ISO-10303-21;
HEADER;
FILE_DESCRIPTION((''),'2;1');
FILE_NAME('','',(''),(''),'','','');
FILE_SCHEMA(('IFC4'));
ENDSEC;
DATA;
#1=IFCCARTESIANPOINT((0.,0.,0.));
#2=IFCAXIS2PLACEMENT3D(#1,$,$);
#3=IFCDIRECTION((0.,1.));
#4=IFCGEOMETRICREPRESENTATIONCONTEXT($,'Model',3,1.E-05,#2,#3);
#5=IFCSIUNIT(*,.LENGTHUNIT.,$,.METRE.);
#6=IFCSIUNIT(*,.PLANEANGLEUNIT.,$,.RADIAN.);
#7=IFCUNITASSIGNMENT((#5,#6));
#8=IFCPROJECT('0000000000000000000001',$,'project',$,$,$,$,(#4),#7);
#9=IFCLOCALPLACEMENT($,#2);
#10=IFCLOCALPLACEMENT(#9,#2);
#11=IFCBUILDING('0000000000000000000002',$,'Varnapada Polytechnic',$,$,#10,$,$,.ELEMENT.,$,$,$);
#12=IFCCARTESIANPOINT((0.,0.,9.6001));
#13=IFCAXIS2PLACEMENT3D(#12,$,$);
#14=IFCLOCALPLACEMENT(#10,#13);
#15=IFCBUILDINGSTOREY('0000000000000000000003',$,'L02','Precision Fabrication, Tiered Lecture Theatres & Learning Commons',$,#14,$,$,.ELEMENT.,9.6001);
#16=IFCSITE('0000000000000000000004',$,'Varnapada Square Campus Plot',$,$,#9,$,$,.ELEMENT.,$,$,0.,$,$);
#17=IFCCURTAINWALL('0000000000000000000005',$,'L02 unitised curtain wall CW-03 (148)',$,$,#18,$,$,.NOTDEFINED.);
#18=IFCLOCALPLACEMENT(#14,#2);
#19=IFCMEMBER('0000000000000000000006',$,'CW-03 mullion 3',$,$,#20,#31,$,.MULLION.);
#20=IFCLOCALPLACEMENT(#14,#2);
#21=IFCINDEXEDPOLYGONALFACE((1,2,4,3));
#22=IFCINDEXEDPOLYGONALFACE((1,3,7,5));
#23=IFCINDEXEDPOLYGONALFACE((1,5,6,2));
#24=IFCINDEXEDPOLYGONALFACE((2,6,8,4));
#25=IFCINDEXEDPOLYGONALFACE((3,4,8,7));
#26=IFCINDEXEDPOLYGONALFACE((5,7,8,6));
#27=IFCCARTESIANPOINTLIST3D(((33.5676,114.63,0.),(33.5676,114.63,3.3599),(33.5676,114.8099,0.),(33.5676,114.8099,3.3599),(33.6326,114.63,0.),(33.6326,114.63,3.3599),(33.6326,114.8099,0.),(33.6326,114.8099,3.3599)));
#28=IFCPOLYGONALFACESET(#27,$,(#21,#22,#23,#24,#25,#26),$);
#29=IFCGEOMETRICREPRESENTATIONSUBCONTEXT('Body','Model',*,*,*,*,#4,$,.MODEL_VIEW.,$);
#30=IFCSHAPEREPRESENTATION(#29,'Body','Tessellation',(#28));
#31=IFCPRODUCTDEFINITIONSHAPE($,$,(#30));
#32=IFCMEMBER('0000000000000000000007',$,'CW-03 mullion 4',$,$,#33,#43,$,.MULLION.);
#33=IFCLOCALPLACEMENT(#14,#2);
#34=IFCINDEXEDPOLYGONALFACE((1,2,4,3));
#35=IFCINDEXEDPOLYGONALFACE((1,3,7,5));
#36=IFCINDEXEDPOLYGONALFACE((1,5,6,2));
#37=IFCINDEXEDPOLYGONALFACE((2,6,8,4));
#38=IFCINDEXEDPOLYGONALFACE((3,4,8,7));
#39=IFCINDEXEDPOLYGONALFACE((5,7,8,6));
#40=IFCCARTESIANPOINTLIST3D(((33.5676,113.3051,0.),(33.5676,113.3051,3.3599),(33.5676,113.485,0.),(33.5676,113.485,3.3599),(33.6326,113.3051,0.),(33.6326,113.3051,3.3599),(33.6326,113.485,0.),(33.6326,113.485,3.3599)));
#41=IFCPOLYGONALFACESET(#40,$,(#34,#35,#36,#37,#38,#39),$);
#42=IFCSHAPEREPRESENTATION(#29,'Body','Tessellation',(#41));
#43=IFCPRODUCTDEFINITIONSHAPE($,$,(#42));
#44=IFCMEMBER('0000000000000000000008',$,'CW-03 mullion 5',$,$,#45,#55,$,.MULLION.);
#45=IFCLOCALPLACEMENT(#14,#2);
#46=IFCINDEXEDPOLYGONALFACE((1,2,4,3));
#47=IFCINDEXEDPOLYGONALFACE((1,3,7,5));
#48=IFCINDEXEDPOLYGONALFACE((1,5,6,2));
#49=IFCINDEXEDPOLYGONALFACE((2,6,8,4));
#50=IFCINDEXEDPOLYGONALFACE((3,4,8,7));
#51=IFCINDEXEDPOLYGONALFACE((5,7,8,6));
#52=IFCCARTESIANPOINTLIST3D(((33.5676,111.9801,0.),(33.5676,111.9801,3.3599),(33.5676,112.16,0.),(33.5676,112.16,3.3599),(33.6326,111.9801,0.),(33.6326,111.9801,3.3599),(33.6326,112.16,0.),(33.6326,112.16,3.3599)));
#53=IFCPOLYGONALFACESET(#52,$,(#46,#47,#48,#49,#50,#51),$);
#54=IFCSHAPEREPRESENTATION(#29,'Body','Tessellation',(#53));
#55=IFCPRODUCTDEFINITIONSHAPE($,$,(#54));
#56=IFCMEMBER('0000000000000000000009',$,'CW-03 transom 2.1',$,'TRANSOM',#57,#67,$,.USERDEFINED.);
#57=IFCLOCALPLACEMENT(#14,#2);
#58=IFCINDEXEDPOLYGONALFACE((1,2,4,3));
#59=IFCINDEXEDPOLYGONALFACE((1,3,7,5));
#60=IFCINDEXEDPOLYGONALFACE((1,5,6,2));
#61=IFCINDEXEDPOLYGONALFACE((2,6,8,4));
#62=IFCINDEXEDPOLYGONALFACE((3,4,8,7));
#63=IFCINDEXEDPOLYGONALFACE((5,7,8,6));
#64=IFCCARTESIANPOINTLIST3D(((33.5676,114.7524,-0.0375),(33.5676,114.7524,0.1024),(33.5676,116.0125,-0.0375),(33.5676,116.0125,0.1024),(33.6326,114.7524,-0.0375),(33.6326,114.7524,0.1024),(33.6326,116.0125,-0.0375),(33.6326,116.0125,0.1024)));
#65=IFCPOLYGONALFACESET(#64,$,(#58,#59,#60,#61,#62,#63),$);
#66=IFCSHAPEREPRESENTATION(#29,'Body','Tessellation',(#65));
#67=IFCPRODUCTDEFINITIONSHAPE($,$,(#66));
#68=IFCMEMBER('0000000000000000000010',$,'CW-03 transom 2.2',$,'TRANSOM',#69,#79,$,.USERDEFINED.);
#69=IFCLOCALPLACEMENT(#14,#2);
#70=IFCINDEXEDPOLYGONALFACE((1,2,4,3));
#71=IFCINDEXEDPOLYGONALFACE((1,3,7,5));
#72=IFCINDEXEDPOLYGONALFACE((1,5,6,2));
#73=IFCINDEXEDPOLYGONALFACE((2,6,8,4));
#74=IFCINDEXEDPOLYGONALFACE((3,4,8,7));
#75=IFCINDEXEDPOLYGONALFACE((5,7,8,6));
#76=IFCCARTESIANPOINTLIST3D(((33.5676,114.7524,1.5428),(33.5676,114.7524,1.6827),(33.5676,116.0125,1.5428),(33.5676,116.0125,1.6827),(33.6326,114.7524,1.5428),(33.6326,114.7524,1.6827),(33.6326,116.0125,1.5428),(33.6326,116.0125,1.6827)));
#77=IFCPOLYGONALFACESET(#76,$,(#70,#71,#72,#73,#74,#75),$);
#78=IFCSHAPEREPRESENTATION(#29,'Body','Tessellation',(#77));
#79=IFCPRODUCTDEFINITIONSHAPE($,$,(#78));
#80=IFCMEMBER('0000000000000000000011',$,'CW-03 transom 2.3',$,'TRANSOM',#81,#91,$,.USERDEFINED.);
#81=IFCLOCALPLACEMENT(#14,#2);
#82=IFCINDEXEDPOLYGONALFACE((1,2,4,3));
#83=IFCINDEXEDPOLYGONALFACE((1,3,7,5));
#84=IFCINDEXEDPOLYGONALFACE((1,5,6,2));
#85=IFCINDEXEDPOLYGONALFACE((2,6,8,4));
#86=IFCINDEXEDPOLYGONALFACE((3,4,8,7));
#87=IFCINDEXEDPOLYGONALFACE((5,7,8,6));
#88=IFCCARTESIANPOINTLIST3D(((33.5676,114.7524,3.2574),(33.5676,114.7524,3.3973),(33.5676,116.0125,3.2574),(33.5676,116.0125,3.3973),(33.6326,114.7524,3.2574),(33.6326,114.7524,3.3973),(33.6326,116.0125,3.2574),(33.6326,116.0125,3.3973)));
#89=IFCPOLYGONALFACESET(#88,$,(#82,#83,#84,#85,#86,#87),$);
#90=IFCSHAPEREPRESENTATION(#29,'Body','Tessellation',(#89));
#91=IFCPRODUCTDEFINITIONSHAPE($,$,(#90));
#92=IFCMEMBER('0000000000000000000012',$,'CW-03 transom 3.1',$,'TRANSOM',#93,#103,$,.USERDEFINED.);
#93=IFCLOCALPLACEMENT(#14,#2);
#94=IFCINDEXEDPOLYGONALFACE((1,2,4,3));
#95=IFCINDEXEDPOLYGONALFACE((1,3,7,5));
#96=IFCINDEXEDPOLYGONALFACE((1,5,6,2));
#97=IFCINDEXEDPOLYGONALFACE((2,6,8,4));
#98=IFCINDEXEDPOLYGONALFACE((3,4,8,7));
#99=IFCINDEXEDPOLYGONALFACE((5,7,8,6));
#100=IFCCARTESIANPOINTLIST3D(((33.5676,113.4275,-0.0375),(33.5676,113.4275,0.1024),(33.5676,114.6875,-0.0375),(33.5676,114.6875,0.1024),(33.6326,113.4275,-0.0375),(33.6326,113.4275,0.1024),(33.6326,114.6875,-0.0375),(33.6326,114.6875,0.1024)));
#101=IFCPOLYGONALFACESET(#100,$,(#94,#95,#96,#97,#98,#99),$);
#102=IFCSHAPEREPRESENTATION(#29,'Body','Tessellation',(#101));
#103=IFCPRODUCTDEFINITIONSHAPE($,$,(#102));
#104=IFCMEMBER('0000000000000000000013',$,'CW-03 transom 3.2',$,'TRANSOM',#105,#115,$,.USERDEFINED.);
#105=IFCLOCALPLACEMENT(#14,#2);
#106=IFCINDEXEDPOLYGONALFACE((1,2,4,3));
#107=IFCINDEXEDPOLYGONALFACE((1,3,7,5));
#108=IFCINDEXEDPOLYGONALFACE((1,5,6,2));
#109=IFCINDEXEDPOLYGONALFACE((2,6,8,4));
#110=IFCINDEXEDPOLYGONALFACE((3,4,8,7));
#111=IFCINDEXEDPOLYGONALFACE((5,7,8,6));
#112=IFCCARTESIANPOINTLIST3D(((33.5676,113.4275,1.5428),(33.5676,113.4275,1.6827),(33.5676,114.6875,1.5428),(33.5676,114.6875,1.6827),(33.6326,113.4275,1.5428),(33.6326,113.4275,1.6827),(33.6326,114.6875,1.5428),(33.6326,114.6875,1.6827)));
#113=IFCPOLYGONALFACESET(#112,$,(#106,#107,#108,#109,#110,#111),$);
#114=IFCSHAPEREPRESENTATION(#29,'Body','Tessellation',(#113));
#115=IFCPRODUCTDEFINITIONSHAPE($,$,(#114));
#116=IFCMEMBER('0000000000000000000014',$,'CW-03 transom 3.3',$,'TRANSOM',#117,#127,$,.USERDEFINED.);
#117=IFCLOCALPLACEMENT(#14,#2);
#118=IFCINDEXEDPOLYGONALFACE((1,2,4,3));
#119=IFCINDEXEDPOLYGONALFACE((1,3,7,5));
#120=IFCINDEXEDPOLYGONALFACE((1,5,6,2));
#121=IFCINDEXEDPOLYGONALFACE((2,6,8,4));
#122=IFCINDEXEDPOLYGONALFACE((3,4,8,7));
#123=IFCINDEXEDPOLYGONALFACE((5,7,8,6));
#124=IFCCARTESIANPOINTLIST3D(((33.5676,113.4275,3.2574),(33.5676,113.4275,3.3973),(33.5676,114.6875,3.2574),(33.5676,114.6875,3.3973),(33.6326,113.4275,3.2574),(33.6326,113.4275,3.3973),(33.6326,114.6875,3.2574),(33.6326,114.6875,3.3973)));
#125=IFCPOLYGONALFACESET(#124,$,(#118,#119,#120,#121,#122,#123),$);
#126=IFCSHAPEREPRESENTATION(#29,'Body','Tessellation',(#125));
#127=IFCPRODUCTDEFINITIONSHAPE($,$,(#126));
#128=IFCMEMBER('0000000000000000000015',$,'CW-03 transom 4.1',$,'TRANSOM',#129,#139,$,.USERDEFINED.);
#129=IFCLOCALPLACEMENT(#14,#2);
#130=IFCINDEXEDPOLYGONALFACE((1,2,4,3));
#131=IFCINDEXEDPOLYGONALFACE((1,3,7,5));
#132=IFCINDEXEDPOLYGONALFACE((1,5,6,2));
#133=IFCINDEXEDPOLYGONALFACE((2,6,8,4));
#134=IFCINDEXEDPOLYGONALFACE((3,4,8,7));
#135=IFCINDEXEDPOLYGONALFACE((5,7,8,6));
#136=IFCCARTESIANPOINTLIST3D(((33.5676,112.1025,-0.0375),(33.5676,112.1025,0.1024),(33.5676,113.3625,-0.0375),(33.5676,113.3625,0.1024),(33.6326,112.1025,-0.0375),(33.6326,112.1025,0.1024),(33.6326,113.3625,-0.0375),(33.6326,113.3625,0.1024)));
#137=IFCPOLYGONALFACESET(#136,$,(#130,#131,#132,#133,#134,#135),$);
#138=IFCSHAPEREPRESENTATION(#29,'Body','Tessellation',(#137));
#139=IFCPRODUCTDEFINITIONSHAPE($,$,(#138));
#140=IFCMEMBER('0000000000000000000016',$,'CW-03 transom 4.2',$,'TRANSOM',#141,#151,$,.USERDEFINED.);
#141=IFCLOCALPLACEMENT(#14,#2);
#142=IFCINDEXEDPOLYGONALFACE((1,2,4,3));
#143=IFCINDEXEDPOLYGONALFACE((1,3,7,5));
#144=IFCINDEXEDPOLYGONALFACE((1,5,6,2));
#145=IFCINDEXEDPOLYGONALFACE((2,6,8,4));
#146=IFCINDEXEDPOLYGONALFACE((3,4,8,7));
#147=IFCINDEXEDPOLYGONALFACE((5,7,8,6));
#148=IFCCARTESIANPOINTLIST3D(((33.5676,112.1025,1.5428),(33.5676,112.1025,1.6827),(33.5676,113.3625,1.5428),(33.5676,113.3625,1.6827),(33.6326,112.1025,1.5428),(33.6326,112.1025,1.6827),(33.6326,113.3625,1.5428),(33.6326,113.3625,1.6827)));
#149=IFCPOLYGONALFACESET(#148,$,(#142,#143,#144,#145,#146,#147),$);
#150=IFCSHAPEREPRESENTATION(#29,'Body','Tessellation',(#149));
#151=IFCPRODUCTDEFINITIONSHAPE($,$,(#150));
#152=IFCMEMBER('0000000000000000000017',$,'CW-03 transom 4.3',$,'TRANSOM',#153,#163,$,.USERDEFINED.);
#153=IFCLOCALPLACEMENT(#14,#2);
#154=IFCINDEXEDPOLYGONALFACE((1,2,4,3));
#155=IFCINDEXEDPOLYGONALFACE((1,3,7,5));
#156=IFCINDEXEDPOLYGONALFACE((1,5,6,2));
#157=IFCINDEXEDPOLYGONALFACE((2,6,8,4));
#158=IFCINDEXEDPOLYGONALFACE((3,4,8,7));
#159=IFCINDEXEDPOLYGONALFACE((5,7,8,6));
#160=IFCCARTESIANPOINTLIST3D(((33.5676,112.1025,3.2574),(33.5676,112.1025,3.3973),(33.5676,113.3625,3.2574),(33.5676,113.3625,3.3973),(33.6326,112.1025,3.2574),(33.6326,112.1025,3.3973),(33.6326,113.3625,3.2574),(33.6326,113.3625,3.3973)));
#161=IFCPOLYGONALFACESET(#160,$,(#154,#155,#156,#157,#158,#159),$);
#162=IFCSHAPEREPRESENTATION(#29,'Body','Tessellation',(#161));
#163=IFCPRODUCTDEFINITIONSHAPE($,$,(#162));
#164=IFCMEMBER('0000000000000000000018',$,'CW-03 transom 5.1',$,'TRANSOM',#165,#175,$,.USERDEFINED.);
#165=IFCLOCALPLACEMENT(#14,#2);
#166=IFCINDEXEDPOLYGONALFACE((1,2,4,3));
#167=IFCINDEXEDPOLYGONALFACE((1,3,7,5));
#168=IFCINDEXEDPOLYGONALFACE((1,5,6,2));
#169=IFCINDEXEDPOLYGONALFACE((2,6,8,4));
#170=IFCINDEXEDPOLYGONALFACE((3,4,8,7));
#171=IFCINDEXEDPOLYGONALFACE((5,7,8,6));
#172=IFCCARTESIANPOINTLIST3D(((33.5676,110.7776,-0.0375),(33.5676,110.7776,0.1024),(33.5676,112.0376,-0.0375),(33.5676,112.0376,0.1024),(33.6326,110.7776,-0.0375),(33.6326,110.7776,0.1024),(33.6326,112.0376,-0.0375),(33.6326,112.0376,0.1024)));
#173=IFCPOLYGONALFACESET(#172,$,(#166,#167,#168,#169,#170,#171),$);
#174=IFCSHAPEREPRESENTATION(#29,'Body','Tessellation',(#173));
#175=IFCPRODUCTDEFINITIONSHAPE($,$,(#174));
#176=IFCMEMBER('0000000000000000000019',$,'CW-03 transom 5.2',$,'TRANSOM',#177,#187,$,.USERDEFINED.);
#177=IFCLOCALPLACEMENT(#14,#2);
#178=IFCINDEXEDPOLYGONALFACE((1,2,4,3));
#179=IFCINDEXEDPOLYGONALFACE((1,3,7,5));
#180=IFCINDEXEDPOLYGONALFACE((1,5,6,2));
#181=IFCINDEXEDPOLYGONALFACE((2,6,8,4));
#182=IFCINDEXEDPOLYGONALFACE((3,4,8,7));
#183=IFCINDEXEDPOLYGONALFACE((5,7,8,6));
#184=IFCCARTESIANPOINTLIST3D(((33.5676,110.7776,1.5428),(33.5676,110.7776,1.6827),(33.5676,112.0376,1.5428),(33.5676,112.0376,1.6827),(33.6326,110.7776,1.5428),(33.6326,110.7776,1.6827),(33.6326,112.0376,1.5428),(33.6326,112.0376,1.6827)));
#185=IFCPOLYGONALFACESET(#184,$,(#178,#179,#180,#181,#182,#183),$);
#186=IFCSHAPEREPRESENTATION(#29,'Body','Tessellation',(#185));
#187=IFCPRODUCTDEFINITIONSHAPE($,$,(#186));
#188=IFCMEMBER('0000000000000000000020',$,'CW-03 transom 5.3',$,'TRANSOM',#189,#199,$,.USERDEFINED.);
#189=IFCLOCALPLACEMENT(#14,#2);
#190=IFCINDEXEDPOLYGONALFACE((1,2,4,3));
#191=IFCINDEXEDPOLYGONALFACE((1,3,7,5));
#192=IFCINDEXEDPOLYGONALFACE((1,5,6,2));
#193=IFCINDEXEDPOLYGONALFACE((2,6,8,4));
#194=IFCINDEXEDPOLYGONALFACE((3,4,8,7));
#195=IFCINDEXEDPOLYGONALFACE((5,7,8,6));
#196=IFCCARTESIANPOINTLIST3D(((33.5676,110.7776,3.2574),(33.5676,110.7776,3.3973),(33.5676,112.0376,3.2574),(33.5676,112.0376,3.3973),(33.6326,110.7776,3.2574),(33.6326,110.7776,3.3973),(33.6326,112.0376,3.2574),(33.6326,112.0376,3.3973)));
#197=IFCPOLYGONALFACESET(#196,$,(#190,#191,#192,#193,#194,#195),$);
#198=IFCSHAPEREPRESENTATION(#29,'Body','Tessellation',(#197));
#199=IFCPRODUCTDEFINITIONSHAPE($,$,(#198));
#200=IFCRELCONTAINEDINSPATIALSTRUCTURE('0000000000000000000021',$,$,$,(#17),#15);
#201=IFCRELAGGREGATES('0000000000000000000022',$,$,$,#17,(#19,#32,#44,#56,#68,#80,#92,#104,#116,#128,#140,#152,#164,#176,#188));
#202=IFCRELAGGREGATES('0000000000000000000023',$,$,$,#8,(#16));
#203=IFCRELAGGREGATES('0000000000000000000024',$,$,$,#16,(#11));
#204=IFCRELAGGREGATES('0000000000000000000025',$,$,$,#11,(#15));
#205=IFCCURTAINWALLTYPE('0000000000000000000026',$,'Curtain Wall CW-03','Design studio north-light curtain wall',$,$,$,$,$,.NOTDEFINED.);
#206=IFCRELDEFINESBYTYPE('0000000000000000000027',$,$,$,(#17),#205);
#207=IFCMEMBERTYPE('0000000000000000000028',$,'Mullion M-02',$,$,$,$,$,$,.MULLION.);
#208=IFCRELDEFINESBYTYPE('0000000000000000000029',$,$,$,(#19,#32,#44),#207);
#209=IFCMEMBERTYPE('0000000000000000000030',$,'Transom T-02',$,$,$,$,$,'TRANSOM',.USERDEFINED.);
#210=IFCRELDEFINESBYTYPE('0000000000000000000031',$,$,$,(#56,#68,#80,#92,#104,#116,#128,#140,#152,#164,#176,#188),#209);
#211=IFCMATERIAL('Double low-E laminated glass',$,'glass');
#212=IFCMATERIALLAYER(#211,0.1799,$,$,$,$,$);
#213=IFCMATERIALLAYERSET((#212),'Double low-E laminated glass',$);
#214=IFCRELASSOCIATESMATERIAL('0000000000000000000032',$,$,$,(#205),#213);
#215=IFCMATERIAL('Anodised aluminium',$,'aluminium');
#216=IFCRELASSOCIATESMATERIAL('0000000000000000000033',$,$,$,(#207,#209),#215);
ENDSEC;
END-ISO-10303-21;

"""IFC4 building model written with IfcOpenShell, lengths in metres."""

from ifc_helpers import new_model, si_unit, direction, frame, origin, origin_2d, place, context, subcontext, project, spatial, rectangle, extrude, material, layer, layer_set, material_profile, profile_set, type_object, element, aggregate, save


model = new_model("IFC4")

# Units and contexts
model_context = context("Model", 3, precision=1e-05, world=origin(), true_north=direction((0.0, 1.0)))
body_context = subcontext(model_context, "Body", "Model", "MODEL_VIEW")
ifc_project = project(units=[si_unit("LENGTHUNIT", "METRE"), si_unit("PLANEANGLEUNIT", "RADIAN")], contexts=[model_context])

# Site, building, storey
site_placement = place(None, origin())
site = spatial("IfcSite", under=ifc_project, at=site_placement, Name="Varnapada Square Campus Plot", CompositionType="ELEMENT", RefElevation=0.0)
building_placement = place(site_placement, origin())
building = spatial("IfcBuilding", under=site, at=building_placement, Name="Varnapada Polytechnic", CompositionType="ELEMENT")
storey_placement = place(building_placement, frame((0.0, 0.0, 9.6001)))
storey = spatial("IfcBuildingStorey", under=building, at=storey_placement, Name="L02", Description="Precision Fabrication, Tiered Lecture Theatres & Learning Commons", CompositionType="ELEMENT", Elevation=9.6001)

# Curtain wall, members
ifc_material_1 = material(Name="Double low-E laminated glass", Category="glass")
ifc_layer_1 = layer(ifc_material_1, 0.1799)
ifc_layer_set_1 = layer_set([ifc_layer_1], Name="Double low-E laminated glass")
curtain_wall_type = type_object("IfcCurtainWallType", Name="Curtain Wall CW-03", Description="Design studio north-light curtain wall", PredefinedType="NOTDEFINED", material=ifc_layer_set_1)
curtain_wall_placement = place(storey_placement, origin())
curtain_wall = element("IfcCurtainWall", 1, at=curtain_wall_placement, inside=storey, type_object=curtain_wall_type, Name="L02 unitised curtain wall CW-03 (148)", PredefinedType="NOTDEFINED")
ifc_material_2 = material(Name="Anodised aluminium", Category="aluminium")
ifc_material_profile_1 = material_profile(ifc_material_2, rectangle(XDim=0.0649, YDim=0.1799, at=origin_2d()), Name="ALU M65x180")
ifc_profile_set_1 = profile_set([ifc_material_profile_1], Name="Anodised aluminium")
member_type_1 = type_object("IfcMemberType", Name="Mullion M-02", PredefinedType="MULLION", material=ifc_profile_set_1)
member_1_placement = place(storey_placement, frame((33.6001, 114.72, 0.0), z_axis=(0.0, 0.0, 1.0), x_axis=(1.0, 0.0, 0.0)))
member_1 = element("IfcMember", 2, at=member_1_placement, type_object=member_type_1, Name="CW-03 mullion 3", PredefinedType="MULLION", context=body_context, shape_type="SweptSolid", body=[
    extrude(rectangle(XDim=0.0649, YDim=0.1799, at=origin_2d()), origin(), (0.0, 0.0, 1.0), 3.3599),
])
member_2_placement = place(storey_placement, frame((33.6001, 113.395, 0.0), z_axis=(0.0, 0.0, 1.0), x_axis=(1.0, 0.0, 0.0)))
member_2 = element("IfcMember", 3, at=member_2_placement, type_object=member_type_1, Name="CW-03 mullion 4", PredefinedType="MULLION", context=body_context, shape_type="SweptSolid", body=[
    extrude(rectangle(XDim=0.0649, YDim=0.1799, at=origin_2d()), origin(), (0.0, 0.0, 1.0), 3.3599),
])
member_3_placement = place(storey_placement, frame((33.6001, 112.0701, 0.0), z_axis=(0.0, 0.0, 1.0), x_axis=(1.0, 0.0, 0.0)))
member_3 = element("IfcMember", 4, at=member_3_placement, type_object=member_type_1, Name="CW-03 mullion 5", PredefinedType="MULLION", context=body_context, shape_type="SweptSolid", body=[
    extrude(rectangle(XDim=0.0649, YDim=0.1799, at=origin_2d()), origin(), (0.0, 0.0, 1.0), 3.3599),
])
ifc_material_profile_2 = material_profile(ifc_material_2, rectangle(XDim=0.0649, YDim=0.1399, at=origin_2d()), Name="ALU T65x140")
ifc_profile_set_2 = profile_set([ifc_material_profile_2], Name="Anodised aluminium")
member_type_2 = type_object("IfcMemberType", Name="Transom T-02", ElementType="TRANSOM", PredefinedType="USERDEFINED", material=ifc_profile_set_2)
member_4_placement = place(storey_placement, frame((33.6001, 116.0125, 0.0325), z_axis=(0.0, -1.0, 0.0), x_axis=(1.0, 0.0, 0.0)))
member_4 = element("IfcMember", 5, at=member_4_placement, type_object=member_type_2, Name="CW-03 transom 2.1", ObjectType="TRANSOM", PredefinedType="USERDEFINED", context=body_context, shape_type="SweptSolid", body=[
    extrude(rectangle(XDim=0.0649, YDim=0.1399, at=origin_2d()), origin(), (0.0, 0.0, 1.0), 1.26),
])
member_5_placement = place(storey_placement, frame((33.6001, 116.0125, 1.6128), z_axis=(0.0, -1.0, 0.0), x_axis=(1.0, 0.0, 0.0)))
member_5 = element("IfcMember", 6, at=member_5_placement, type_object=member_type_2, Name="CW-03 transom 2.2", ObjectType="TRANSOM", PredefinedType="USERDEFINED", context=body_context, shape_type="SweptSolid", body=[
    extrude(rectangle(XDim=0.0649, YDim=0.1399, at=origin_2d()), origin(), (0.0, 0.0, 1.0), 1.26),
])
member_6_placement = place(storey_placement, frame((33.6001, 116.0125, 3.3274), z_axis=(0.0, -1.0, 0.0), x_axis=(1.0, 0.0, 0.0)))
member_6 = element("IfcMember", 7, at=member_6_placement, type_object=member_type_2, Name="CW-03 transom 2.3", ObjectType="TRANSOM", PredefinedType="USERDEFINED", context=body_context, shape_type="SweptSolid", body=[
    extrude(rectangle(XDim=0.0649, YDim=0.1399, at=origin_2d()), origin(), (0.0, 0.0, 1.0), 1.26),
])
member_7_placement = place(storey_placement, frame((33.6001, 114.6875, 0.0325), z_axis=(0.0, -1.0, 0.0), x_axis=(1.0, 0.0, 0.0)))
member_7 = element("IfcMember", 8, at=member_7_placement, type_object=member_type_2, Name="CW-03 transom 3.1", ObjectType="TRANSOM", PredefinedType="USERDEFINED", context=body_context, shape_type="SweptSolid", body=[
    extrude(rectangle(XDim=0.0649, YDim=0.1399, at=origin_2d()), origin(), (0.0, 0.0, 1.0), 1.26),
])
member_8_placement = place(storey_placement, frame((33.6001, 114.6875, 1.6128), z_axis=(0.0, -1.0, 0.0), x_axis=(1.0, 0.0, 0.0)))
member_8 = element("IfcMember", 9, at=member_8_placement, type_object=member_type_2, Name="CW-03 transom 3.2", ObjectType="TRANSOM", PredefinedType="USERDEFINED", context=body_context, shape_type="SweptSolid", body=[
    extrude(rectangle(XDim=0.0649, YDim=0.1399, at=origin_2d()), origin(), (0.0, 0.0, 1.0), 1.26),
])
member_9_placement = place(storey_placement, frame((33.6001, 114.6875, 3.3274), z_axis=(0.0, -1.0, 0.0), x_axis=(1.0, 0.0, 0.0)))
member_9 = element("IfcMember", 10, at=member_9_placement, type_object=member_type_2, Name="CW-03 transom 3.3", ObjectType="TRANSOM", PredefinedType="USERDEFINED", context=body_context, shape_type="SweptSolid", body=[
    extrude(rectangle(XDim=0.0649, YDim=0.1399, at=origin_2d()), origin(), (0.0, 0.0, 1.0), 1.26),
])
member_10_placement = place(storey_placement, frame((33.6001, 113.3625, 0.0325), z_axis=(0.0, -1.0, 0.0), x_axis=(1.0, 0.0, 0.0)))
member_10 = element("IfcMember", 11, at=member_10_placement, type_object=member_type_2, Name="CW-03 transom 4.1", ObjectType="TRANSOM", PredefinedType="USERDEFINED", context=body_context, shape_type="SweptSolid", body=[
    extrude(rectangle(XDim=0.0649, YDim=0.1399, at=origin_2d()), origin(), (0.0, 0.0, 1.0), 1.26),
])
member_11_placement = place(storey_placement, frame((33.6001, 113.3625, 1.6128), z_axis=(0.0, -1.0, 0.0), x_axis=(1.0, 0.0, 0.0)))
member_11 = element("IfcMember", 12, at=member_11_placement, type_object=member_type_2, Name="CW-03 transom 4.2", ObjectType="TRANSOM", PredefinedType="USERDEFINED", context=body_context, shape_type="SweptSolid", body=[
    extrude(rectangle(XDim=0.0649, YDim=0.1399, at=origin_2d()), origin(), (0.0, 0.0, 1.0), 1.26),
])
member_12_placement = place(storey_placement, frame((33.6001, 113.3625, 3.3274), z_axis=(0.0, -1.0, 0.0), x_axis=(1.0, 0.0, 0.0)))
member_12 = element("IfcMember", 13, at=member_12_placement, type_object=member_type_2, Name="CW-03 transom 4.3", ObjectType="TRANSOM", PredefinedType="USERDEFINED", context=body_context, shape_type="SweptSolid", body=[
    extrude(rectangle(XDim=0.0649, YDim=0.1399, at=origin_2d()), origin(), (0.0, 0.0, 1.0), 1.26),
])
member_13_placement = place(storey_placement, frame((33.6001, 112.0376, 0.0325), z_axis=(0.0, -1.0, 0.0), x_axis=(1.0, 0.0, 0.0)))
member_13 = element("IfcMember", 14, at=member_13_placement, type_object=member_type_2, Name="CW-03 transom 5.1", ObjectType="TRANSOM", PredefinedType="USERDEFINED", context=body_context, shape_type="SweptSolid", body=[
    extrude(rectangle(XDim=0.0649, YDim=0.1399, at=origin_2d()), origin(), (0.0, 0.0, 1.0), 1.26),
])
member_14_placement = place(storey_placement, frame((33.6001, 112.0376, 1.6128), z_axis=(0.0, -1.0, 0.0), x_axis=(1.0, 0.0, 0.0)))
member_14 = element("IfcMember", 15, at=member_14_placement, type_object=member_type_2, Name="CW-03 transom 5.2", ObjectType="TRANSOM", PredefinedType="USERDEFINED", context=body_context, shape_type="SweptSolid", body=[
    extrude(rectangle(XDim=0.0649, YDim=0.1399, at=origin_2d()), origin(), (0.0, 0.0, 1.0), 1.26),
])
member_15_placement = place(storey_placement, frame((33.6001, 112.0376, 3.3274), z_axis=(0.0, -1.0, 0.0), x_axis=(1.0, 0.0, 0.0)))
member_15 = element("IfcMember", 16, at=member_15_placement, type_object=member_type_2, Name="CW-03 transom 5.3", ObjectType="TRANSOM", PredefinedType="USERDEFINED", context=body_context, shape_type="SweptSolid", body=[
    extrude(rectangle(XDim=0.0649, YDim=0.1399, at=origin_2d()), origin(), (0.0, 0.0, 1.0), 1.26),
])
aggregate(curtain_wall, [member_1, member_2, member_3, member_4, member_5, member_6, member_7, member_8, member_9, member_10, member_11, member_12, member_13, member_14, member_15])

save(model, "model.ifc")
